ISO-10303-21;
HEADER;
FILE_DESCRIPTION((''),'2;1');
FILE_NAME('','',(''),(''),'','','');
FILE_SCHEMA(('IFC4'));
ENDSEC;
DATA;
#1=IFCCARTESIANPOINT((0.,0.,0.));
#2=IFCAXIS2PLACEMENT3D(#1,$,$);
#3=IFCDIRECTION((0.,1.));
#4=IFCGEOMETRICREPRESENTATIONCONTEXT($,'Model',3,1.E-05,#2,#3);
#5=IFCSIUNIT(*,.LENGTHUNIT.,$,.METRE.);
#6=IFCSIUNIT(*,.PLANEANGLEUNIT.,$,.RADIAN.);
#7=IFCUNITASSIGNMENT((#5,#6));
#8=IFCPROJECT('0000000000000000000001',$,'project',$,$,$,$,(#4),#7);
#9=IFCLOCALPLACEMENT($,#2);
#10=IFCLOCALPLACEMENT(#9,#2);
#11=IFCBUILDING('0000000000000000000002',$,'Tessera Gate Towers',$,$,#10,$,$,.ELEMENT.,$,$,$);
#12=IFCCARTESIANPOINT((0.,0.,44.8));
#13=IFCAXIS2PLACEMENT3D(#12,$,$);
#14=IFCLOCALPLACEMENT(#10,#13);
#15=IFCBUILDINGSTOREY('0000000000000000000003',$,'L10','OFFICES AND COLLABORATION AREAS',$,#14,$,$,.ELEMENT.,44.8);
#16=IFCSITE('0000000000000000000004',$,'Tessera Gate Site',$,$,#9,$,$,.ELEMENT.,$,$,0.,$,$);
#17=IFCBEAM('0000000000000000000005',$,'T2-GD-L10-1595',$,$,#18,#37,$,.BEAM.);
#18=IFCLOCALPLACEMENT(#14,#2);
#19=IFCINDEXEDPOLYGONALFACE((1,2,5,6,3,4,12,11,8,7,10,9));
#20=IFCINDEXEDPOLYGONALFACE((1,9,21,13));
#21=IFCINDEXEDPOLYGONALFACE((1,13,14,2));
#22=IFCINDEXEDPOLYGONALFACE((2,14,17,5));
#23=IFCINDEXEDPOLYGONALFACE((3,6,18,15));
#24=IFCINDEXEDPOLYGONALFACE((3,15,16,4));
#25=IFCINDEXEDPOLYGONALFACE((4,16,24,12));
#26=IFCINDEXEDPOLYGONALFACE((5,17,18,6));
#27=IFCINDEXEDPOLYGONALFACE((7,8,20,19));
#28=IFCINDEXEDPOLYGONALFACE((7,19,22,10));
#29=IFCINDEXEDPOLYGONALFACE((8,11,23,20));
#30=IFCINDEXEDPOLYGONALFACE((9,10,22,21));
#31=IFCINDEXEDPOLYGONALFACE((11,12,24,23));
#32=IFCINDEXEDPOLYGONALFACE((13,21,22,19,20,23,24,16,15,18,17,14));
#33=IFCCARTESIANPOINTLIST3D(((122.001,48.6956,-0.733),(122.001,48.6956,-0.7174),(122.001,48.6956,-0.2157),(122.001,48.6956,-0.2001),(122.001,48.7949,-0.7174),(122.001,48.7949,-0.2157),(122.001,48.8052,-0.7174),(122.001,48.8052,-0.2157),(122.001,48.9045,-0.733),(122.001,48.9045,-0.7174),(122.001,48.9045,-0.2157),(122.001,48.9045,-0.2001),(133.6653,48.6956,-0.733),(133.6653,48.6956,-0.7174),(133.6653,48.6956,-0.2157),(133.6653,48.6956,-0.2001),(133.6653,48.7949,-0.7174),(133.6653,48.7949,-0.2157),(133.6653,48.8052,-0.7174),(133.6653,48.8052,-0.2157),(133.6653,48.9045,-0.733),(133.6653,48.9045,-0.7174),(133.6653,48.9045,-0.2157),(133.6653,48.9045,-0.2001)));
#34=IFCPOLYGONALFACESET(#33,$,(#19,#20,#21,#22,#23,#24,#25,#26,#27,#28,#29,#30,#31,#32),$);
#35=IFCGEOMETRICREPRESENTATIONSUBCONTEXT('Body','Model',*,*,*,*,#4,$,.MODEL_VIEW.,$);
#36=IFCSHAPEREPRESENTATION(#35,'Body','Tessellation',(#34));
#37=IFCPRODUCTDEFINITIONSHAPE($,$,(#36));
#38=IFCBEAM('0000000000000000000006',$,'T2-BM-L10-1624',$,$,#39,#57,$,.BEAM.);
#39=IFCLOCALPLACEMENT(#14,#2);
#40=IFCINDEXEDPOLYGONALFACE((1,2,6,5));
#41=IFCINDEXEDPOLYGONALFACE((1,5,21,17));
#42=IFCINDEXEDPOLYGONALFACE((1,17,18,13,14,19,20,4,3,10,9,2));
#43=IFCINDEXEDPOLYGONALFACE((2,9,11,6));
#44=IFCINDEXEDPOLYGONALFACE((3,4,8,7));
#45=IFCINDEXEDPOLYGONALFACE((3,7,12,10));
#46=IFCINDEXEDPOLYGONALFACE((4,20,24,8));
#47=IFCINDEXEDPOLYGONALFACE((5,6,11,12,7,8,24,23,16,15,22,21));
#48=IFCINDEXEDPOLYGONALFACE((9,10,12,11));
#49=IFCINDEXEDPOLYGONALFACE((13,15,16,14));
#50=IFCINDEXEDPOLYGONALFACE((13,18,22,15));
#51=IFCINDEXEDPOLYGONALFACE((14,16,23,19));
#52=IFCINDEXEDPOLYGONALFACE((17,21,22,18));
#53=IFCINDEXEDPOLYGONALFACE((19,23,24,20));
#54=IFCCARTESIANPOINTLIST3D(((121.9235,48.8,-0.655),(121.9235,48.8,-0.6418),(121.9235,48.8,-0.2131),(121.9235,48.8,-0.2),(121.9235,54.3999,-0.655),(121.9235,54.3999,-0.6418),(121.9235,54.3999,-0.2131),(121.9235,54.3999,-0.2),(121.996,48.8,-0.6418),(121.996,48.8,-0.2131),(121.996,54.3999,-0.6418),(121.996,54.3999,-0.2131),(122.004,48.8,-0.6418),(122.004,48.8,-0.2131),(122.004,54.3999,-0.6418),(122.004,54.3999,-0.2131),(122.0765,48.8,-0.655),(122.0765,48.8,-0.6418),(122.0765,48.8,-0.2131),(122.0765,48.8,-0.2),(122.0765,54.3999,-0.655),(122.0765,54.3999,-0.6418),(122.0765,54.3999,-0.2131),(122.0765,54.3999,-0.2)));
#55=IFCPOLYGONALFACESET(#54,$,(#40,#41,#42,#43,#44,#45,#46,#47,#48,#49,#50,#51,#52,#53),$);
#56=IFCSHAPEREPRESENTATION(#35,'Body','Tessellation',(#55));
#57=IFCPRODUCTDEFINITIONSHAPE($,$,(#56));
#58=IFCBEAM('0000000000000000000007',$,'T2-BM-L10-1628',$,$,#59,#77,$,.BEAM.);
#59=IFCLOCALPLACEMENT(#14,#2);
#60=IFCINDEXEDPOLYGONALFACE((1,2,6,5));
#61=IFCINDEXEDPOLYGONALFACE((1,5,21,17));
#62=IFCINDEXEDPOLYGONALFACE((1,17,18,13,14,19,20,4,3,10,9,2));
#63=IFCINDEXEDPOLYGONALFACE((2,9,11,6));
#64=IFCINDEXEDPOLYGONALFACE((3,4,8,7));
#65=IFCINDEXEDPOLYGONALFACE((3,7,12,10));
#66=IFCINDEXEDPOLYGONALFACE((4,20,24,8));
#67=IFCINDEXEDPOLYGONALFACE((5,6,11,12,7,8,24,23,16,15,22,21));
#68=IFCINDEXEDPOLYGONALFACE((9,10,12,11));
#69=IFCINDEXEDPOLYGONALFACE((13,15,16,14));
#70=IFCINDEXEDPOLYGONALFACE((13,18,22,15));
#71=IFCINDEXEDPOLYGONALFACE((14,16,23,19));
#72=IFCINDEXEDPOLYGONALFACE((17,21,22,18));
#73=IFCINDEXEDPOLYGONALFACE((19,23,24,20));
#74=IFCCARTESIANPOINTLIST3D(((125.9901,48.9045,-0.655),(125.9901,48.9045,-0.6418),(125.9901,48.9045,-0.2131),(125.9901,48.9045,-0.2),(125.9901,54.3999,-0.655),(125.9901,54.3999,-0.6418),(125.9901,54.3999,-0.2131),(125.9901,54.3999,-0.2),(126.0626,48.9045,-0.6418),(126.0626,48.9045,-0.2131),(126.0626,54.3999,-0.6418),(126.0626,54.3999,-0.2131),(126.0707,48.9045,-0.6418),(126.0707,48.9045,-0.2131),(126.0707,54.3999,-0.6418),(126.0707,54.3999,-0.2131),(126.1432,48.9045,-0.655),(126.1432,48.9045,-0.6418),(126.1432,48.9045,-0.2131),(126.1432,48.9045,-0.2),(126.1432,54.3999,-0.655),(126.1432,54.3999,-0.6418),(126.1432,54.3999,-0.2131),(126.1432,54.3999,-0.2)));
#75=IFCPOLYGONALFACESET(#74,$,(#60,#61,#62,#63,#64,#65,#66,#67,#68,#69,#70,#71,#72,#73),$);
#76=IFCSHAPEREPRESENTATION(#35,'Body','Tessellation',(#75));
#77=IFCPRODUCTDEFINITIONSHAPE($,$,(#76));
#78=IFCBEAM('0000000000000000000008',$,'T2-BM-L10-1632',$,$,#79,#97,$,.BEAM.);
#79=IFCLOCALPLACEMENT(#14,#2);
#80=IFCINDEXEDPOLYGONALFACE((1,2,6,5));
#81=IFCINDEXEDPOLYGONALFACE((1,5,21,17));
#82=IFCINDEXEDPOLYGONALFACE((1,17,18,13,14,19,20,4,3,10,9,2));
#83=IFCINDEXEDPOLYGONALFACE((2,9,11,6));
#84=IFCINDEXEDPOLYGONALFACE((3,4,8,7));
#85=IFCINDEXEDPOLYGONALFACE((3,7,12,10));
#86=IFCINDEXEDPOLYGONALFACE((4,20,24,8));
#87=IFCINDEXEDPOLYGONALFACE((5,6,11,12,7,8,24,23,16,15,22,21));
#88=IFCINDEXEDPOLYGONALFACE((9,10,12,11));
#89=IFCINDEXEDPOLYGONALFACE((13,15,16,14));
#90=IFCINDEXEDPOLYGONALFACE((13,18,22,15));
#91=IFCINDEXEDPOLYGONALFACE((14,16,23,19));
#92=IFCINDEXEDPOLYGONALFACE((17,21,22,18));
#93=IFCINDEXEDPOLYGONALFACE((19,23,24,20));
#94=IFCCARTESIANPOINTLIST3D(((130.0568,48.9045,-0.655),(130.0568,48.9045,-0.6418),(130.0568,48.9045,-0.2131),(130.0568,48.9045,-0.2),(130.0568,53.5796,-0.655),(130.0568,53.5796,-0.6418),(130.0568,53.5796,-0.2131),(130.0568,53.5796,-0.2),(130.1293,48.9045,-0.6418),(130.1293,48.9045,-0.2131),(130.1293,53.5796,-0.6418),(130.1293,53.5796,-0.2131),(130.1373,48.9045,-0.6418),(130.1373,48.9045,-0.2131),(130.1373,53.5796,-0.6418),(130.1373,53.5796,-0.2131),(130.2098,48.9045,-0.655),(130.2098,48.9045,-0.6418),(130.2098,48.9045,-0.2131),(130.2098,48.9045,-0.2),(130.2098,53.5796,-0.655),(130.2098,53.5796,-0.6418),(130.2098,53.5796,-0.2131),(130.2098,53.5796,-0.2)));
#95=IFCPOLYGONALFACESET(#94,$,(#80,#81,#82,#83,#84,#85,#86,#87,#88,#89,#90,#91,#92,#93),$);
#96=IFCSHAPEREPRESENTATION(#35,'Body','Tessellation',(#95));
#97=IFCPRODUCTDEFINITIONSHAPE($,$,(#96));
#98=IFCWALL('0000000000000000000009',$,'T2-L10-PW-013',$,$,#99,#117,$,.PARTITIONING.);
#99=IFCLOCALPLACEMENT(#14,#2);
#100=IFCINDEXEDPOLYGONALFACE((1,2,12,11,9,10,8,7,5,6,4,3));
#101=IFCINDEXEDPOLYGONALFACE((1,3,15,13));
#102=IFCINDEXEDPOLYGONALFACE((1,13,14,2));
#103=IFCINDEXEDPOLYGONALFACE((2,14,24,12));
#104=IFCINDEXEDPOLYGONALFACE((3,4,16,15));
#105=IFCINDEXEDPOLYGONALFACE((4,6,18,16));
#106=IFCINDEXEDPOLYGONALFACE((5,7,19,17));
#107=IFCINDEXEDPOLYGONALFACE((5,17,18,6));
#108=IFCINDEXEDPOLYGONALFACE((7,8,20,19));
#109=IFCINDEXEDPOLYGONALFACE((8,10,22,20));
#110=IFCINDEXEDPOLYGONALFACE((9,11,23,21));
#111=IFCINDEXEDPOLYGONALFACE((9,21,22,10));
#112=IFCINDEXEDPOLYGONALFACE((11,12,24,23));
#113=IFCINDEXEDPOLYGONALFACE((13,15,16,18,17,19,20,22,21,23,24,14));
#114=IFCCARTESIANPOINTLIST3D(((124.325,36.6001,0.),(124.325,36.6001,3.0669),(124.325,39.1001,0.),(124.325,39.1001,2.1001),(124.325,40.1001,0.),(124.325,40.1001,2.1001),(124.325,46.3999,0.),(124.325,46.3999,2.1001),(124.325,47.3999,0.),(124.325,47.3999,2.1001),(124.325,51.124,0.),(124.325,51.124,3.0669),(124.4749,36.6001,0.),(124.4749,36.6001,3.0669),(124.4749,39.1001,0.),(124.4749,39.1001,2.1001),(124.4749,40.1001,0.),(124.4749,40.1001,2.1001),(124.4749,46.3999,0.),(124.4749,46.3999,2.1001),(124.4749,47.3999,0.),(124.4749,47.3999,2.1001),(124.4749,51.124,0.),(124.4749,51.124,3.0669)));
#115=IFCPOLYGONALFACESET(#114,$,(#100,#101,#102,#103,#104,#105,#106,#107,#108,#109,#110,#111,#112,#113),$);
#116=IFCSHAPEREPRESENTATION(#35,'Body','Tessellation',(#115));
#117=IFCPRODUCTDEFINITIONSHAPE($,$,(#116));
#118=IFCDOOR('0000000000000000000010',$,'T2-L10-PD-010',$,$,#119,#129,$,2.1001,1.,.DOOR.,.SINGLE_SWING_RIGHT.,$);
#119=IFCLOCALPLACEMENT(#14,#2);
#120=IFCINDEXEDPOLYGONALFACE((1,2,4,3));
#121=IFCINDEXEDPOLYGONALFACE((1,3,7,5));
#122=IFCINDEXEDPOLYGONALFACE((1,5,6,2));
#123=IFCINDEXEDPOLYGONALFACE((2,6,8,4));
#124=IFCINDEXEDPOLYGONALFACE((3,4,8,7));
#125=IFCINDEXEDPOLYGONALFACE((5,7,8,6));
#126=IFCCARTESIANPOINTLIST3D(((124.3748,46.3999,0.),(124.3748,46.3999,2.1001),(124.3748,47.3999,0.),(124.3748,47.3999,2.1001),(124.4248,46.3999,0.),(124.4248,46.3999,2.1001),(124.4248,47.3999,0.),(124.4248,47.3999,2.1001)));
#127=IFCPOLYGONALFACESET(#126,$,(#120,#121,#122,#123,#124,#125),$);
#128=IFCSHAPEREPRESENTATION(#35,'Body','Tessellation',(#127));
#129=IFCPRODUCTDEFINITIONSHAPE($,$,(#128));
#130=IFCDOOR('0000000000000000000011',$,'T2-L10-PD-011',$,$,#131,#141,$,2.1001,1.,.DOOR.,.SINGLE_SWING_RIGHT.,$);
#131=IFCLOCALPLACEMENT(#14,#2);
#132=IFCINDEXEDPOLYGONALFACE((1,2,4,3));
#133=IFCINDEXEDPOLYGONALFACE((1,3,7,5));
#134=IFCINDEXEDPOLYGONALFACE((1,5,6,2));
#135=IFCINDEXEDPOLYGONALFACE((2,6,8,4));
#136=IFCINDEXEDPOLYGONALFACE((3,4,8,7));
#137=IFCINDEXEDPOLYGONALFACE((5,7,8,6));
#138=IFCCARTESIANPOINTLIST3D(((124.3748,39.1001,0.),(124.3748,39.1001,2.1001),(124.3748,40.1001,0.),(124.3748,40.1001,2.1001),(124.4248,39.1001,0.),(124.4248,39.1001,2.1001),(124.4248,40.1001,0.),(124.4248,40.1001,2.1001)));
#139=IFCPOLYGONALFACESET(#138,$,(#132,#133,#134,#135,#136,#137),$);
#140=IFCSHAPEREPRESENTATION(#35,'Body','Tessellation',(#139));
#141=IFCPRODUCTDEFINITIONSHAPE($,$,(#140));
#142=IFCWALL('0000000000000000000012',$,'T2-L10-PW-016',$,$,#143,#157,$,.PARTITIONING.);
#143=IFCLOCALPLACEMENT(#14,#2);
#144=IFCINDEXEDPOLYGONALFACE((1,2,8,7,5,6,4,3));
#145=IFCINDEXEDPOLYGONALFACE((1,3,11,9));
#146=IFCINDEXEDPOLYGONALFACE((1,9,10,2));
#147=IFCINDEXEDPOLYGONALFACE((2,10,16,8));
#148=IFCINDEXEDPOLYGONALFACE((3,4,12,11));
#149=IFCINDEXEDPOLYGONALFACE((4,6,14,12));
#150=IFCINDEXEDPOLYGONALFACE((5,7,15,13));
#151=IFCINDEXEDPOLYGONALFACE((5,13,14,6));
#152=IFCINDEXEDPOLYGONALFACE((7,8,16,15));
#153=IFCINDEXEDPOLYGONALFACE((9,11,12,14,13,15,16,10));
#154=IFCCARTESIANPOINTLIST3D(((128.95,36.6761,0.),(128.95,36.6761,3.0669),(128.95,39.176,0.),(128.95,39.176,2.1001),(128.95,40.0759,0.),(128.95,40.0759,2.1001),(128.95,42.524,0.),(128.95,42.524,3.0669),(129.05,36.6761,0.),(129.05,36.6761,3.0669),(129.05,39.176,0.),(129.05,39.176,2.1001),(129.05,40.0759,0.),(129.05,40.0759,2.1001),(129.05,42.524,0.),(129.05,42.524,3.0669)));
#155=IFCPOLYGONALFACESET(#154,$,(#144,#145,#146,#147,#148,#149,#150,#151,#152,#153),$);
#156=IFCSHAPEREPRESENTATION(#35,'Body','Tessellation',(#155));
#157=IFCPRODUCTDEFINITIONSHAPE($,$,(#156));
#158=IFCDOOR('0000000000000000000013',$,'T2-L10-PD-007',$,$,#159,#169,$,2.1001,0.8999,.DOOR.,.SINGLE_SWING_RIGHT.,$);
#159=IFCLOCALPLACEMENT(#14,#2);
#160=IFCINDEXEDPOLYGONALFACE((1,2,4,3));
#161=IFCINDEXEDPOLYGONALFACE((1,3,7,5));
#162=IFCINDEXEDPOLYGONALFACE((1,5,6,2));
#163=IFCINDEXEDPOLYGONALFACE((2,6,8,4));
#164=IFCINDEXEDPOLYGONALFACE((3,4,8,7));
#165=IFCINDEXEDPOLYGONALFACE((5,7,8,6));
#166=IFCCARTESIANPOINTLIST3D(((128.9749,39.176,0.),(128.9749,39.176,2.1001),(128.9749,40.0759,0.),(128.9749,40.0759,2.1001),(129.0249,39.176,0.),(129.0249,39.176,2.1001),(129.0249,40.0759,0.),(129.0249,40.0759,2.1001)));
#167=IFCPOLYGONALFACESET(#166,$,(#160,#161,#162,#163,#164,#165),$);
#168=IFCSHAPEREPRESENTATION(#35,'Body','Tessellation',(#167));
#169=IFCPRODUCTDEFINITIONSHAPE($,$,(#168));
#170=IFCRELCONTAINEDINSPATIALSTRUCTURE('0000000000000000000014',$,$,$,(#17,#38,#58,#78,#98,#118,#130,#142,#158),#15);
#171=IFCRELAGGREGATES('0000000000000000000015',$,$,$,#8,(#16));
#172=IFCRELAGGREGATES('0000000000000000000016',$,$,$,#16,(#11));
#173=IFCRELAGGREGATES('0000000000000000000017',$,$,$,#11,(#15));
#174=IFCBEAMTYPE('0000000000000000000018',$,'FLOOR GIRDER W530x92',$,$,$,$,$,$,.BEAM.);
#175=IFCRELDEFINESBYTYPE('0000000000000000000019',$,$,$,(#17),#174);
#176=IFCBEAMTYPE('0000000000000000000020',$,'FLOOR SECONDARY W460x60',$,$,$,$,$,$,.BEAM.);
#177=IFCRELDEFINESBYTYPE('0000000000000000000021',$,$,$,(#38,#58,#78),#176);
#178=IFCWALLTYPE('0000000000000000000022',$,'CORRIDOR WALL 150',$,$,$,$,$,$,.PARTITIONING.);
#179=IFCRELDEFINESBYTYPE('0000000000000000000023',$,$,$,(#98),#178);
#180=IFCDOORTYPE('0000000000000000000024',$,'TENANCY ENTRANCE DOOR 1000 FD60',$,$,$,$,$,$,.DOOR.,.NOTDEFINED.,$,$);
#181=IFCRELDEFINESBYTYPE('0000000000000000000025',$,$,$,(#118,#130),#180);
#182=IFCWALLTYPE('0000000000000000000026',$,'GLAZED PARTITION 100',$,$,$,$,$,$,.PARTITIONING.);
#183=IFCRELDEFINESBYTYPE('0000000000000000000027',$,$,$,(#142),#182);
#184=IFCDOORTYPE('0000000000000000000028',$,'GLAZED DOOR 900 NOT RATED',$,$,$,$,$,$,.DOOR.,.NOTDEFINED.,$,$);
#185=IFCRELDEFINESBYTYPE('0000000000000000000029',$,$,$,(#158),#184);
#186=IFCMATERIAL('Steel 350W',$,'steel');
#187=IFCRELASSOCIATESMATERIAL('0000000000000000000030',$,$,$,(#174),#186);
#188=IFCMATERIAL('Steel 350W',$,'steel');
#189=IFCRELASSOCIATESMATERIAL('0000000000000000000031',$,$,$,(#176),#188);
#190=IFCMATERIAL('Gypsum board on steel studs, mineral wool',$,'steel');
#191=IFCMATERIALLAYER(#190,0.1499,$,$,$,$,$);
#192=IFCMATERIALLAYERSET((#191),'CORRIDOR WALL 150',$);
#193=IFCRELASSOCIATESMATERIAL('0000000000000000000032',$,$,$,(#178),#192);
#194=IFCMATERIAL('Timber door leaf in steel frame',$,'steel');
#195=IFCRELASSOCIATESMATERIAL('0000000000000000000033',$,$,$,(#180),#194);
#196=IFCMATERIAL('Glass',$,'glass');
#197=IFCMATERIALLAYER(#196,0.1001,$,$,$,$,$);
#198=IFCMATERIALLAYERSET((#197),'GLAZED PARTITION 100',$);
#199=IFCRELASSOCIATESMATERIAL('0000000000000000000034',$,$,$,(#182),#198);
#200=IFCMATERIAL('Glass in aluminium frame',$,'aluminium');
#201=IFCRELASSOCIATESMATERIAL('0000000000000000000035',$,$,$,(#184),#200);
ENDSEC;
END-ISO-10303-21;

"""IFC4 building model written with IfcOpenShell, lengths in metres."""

from ifc_helpers import new_model, si_unit, direction, frame, frame_2d, origin, origin_2d, place, context, subcontext, project, spatial, rectangle, i_section, extrude, source, transform, mapped, material, layer, layer_set, material_profile, profile_set, type_object, element, fill, save


model = new_model("IFC4")

# Units and contexts
model_context = context("Model", 3, precision=1e-05, world=origin(), true_north=direction((0.0, 1.0)))
body_context = subcontext(model_context, "Body", "Model", "MODEL_VIEW")
ifc_project = project(units=[si_unit("LENGTHUNIT", "METRE"), si_unit("PLANEANGLEUNIT", "RADIAN")], contexts=[model_context])

# Site, building, storey
site_placement = place(None, origin())
site = spatial("IfcSite", under=ifc_project, at=site_placement, Name="Tessera Gate Site", CompositionType="ELEMENT", RefElevation=0.0)
building_placement = place(site_placement, origin())
building = spatial("IfcBuilding", under=site, at=building_placement, Name="Tessera Gate Towers", CompositionType="ELEMENT")
storey_placement = place(building_placement, frame((0.0, 0.0, 44.8)))
storey = spatial("IfcBuildingStorey", under=building, at=storey_placement, Name="L10", Description="OFFICES AND COLLABORATION AREAS", CompositionType="ELEMENT", Elevation=44.8)

# Beams
ifc_material_1 = material(Name="Steel 350W", Category="steel")
ifc_material_profile_1 = material_profile(ifc_material_1, i_section(OverallWidth=0.209, OverallDepth=0.533, WebThickness=0.0103, FlangeThickness=0.0156, at=origin_2d()), Name="W530x92")
ifc_profile_set_1 = profile_set([ifc_material_profile_1], Name="Steel 350W")
beam_type_1 = type_object("IfcBeamType", Name="FLOOR GIRDER W530x92", PredefinedType="BEAM", material=ifc_profile_set_1)
beam_1_placement = place(storey_placement, frame((122.001, 48.8, -0.4666), z_axis=(1.0, 0.0, 0.0), x_axis=(0.0, 1.0, 0.0)))
element("IfcBeam", 1, at=beam_1_placement, inside=storey, type_object=beam_type_1, Name="T2-GD-L10-1595", PredefinedType="BEAM", context=body_context, shape_type="SweptSolid", body=[
    extrude(i_section(OverallWidth=0.209, OverallDepth=0.533, WebThickness=0.0103, FlangeThickness=0.0156, at=origin_2d()), origin(), (0.0, 0.0, 1.0), 11.6643),
])
ifc_material_2 = material(Name="Steel 350W", Category="steel")
ifc_material_profile_2 = material_profile(ifc_material_2, i_section(OverallWidth=0.1531, OverallDepth=0.4551, WebThickness=0.0081, FlangeThickness=0.0132, at=origin_2d()), Name="W460x60")
ifc_profile_set_2 = profile_set([ifc_material_profile_2], Name="Steel 350W")
beam_type_2 = type_object("IfcBeamType", Name="FLOOR SECONDARY W460x60", PredefinedType="BEAM", material=ifc_profile_set_2)
beam_2_placement = place(storey_placement, frame((122.0, 48.8, -0.4275), z_axis=(0.0, 1.0, 0.0), x_axis=(-1.0, 0.0, 0.0)))
element("IfcBeam", 2, at=beam_2_placement, inside=storey, type_object=beam_type_2, Name="T2-BM-L10-1624", PredefinedType="BEAM", context=body_context, shape_type="SweptSolid", body=[
    extrude(i_section(OverallWidth=0.1531, OverallDepth=0.4551, WebThickness=0.0081, FlangeThickness=0.0132, at=origin_2d()), origin(), (0.0, 0.0, 1.0), 5.5999),
])
beam_3_placement = place(storey_placement, frame((126.0667, 48.9045, -0.4275), z_axis=(0.0, 1.0, 0.0), x_axis=(-1.0, 0.0, 0.0)))
element("IfcBeam", 3, at=beam_3_placement, inside=storey, type_object=beam_type_2, Name="T2-BM-L10-1628", PredefinedType="BEAM", context=body_context, shape_type="SweptSolid", body=[
    extrude(i_section(OverallWidth=0.1531, OverallDepth=0.4551, WebThickness=0.0081, FlangeThickness=0.0132, at=origin_2d()), origin(), (0.0, 0.0, 1.0), 5.4954),
])
beam_4_placement = place(storey_placement, frame((130.1333, 48.9045, -0.4275), z_axis=(0.0, 1.0, 0.0), x_axis=(-1.0, 0.0, 0.0)))
element("IfcBeam", 4, at=beam_4_placement, inside=storey, type_object=beam_type_2, Name="T2-BM-L10-1632", PredefinedType="BEAM", context=body_context, shape_type="SweptSolid", body=[
    extrude(i_section(OverallWidth=0.1531, OverallDepth=0.4551, WebThickness=0.0081, FlangeThickness=0.0132, at=origin_2d()), origin(), (0.0, 0.0, 1.0), 4.675),
])

# Wall, openings, doors
ifc_material_3 = material(Name="Gypsum board on steel studs, mineral wool", Category="steel")
ifc_layer_1 = layer(ifc_material_3, 0.1499)
ifc_layer_set_1 = layer_set([ifc_layer_1], Name="CORRIDOR WALL 150")
wall_type_1 = type_object("IfcWallType", Name="CORRIDOR WALL 150", PredefinedType="PARTITIONING", material=ifc_layer_set_1)
wall_1_placement = place(storey_placement, frame((124.3999, 51.124, 0.0), z_axis=(0.0, 0.0, 1.0), x_axis=(0.0, -1.0, 0.0)))
wall_1 = element("IfcWall", 5, at=wall_1_placement, inside=storey, type_object=wall_type_1, Name="T2-L10-PW-013", PredefinedType="PARTITIONING", context=body_context, shape_type="SweptSolid", body=[
    extrude(rectangle(XDim=14.5239, YDim=0.1499, at=frame_2d((7.262, 0.0))), origin(), (0.0, 0.0, 1.0), 3.0669),
])
shared_shape_1 = source(origin(), body_context, "Body", "SweptSolid", [
    extrude(rectangle(XDim=1.0, YDim=2.1001, at=frame_2d((0.5, 1.05))), frame((0.0, 0.085, 0.0), z_axis=(0.0, -1.0, 0.0), x_axis=(1.0, 0.0, 0.0)), (0.0, 0.0, 1.0), 0.1699),
])
opening_1_placement = place(wall_1_placement, frame((3.7241, 0.0, 0.0)))
opening_1 = element("IfcOpeningElement", 6, at=opening_1_placement, cuts=wall_1, PredefinedType="OPENING", context=body_context, shape_type="MappedRepresentation", body=[
    mapped(shared_shape_1, transform((0.0, 0.0, 0.0), scale=1.0)),
])
opening_2_placement = place(wall_1_placement, frame((11.0239, 0.0, 0.0)))
opening_2 = element("IfcOpeningElement", 7, at=opening_2_placement, cuts=wall_1, PredefinedType="OPENING", context=body_context, shape_type="MappedRepresentation", body=[
    mapped(shared_shape_1, transform((0.0, 0.0, 0.0), scale=1.0)),
])
ifc_material_4 = material(Name="Timber door leaf in steel frame", Category="steel")
door_type_1 = type_object("IfcDoorType", Name="TENANCY ENTRANCE DOOR 1000 FD60", OperationType="NOTDEFINED", PredefinedType="DOOR", material=ifc_material_4)
shared_shape_2 = source(origin(), body_context, "Body", "SweptSolid", [
    extrude(rectangle(XDim=1.0, YDim=2.1001, at=frame_2d((0.5, 1.05))), frame((0.0, 0.0249, 0.0), z_axis=(0.0, -1.0, 0.0), x_axis=(1.0, 0.0, 0.0)), (0.0, 0.0, 1.0), 0.05),
])
door_1_placement = place(opening_1_placement, origin())
door_1 = element("IfcDoor", 8, at=door_1_placement, inside=storey, type_object=door_type_1, Name="T2-L10-PD-010", OperationType="SINGLE_SWING_RIGHT", OverallHeight=2.1001, OverallWidth=1.0, PredefinedType="DOOR", context=body_context, shape_type="MappedRepresentation", body=[
    mapped(shared_shape_2, transform((0.0, 0.0, 0.0), scale=1.0)),
])
fill(opening_1, door_1)
door_2_placement = place(opening_2_placement, origin())
door_2 = element("IfcDoor", 9, at=door_2_placement, inside=storey, type_object=door_type_1, Name="T2-L10-PD-011", OperationType="SINGLE_SWING_RIGHT", OverallHeight=2.1001, OverallWidth=1.0, PredefinedType="DOOR", context=body_context, shape_type="MappedRepresentation", body=[
    mapped(shared_shape_2, transform((0.0, 0.0, 0.0), scale=1.0)),
])
fill(opening_2, door_2)

# Wall, opening, door
ifc_material_5 = material(Name="Glass", Category="glass")
ifc_layer_2 = layer(ifc_material_5, 0.1001)
ifc_layer_set_2 = layer_set([ifc_layer_2], Name="GLAZED PARTITION 100")
wall_type_2 = type_object("IfcWallType", Name="GLAZED PARTITION 100", PredefinedType="PARTITIONING", material=ifc_layer_set_2)
wall_2_placement = place(storey_placement, frame((129.0, 42.5239, 0.0), z_axis=(0.0, 0.0, 1.0), x_axis=(0.0, -1.0, 0.0)))
wall_2 = element("IfcWall", 10, at=wall_2_placement, inside=storey, type_object=wall_type_2, Name="T2-L10-PW-016", PredefinedType="PARTITIONING", context=body_context, shape_type="SweptSolid", body=[
    extrude(rectangle(XDim=5.8479, YDim=0.1001, at=frame_2d((2.9238, 0.0))), origin(), (0.0, 0.0, 1.0), 3.0669),
])
shared_shape_3 = source(origin(), body_context, "Body", "SweptSolid", [
    extrude(rectangle(XDim=0.8999, YDim=2.1001, at=frame_2d((0.45, 1.05))), frame((0.0, 0.0601, 0.0), z_axis=(0.0, -1.0, 0.0), x_axis=(1.0, 0.0, 0.0)), (0.0, 0.0, 1.0), 0.1201),
])
opening_3_placement = place(wall_2_placement, frame((2.448, 0.0, 0.0)))
opening_3 = element("IfcOpeningElement", 11, at=opening_3_placement, cuts=wall_2, PredefinedType="OPENING", context=body_context, shape_type="MappedRepresentation", body=[
    mapped(shared_shape_3, transform((0.0, 0.0, 0.0), scale=1.0)),
])
ifc_material_6 = material(Name="Glass in aluminium frame", Category="aluminium")
door_type_2 = type_object("IfcDoorType", Name="GLAZED DOOR 900 NOT RATED", OperationType="NOTDEFINED", PredefinedType="DOOR", material=ifc_material_6)
shared_shape_4 = source(origin(), body_context, "Body", "SweptSolid", [
    extrude(rectangle(XDim=0.8999, YDim=2.1001, at=frame_2d((0.45, 1.05))), frame((0.0, 0.0249, 0.0), z_axis=(0.0, -1.0, 0.0), x_axis=(1.0, 0.0, 0.0)), (0.0, 0.0, 1.0), 0.05),
])
door_3_placement = place(opening_3_placement, origin())
door_3 = element("IfcDoor", 12, at=door_3_placement, inside=storey, type_object=door_type_2, Name="T2-L10-PD-007", OperationType="SINGLE_SWING_RIGHT", OverallHeight=2.1001, OverallWidth=0.8999, PredefinedType="DOOR", context=body_context, shape_type="MappedRepresentation", body=[
    mapped(shared_shape_4, transform((0.0, 0.0, 0.0), scale=1.0)),
])
fill(opening_3, door_3)

save(model, "model.ifc")
